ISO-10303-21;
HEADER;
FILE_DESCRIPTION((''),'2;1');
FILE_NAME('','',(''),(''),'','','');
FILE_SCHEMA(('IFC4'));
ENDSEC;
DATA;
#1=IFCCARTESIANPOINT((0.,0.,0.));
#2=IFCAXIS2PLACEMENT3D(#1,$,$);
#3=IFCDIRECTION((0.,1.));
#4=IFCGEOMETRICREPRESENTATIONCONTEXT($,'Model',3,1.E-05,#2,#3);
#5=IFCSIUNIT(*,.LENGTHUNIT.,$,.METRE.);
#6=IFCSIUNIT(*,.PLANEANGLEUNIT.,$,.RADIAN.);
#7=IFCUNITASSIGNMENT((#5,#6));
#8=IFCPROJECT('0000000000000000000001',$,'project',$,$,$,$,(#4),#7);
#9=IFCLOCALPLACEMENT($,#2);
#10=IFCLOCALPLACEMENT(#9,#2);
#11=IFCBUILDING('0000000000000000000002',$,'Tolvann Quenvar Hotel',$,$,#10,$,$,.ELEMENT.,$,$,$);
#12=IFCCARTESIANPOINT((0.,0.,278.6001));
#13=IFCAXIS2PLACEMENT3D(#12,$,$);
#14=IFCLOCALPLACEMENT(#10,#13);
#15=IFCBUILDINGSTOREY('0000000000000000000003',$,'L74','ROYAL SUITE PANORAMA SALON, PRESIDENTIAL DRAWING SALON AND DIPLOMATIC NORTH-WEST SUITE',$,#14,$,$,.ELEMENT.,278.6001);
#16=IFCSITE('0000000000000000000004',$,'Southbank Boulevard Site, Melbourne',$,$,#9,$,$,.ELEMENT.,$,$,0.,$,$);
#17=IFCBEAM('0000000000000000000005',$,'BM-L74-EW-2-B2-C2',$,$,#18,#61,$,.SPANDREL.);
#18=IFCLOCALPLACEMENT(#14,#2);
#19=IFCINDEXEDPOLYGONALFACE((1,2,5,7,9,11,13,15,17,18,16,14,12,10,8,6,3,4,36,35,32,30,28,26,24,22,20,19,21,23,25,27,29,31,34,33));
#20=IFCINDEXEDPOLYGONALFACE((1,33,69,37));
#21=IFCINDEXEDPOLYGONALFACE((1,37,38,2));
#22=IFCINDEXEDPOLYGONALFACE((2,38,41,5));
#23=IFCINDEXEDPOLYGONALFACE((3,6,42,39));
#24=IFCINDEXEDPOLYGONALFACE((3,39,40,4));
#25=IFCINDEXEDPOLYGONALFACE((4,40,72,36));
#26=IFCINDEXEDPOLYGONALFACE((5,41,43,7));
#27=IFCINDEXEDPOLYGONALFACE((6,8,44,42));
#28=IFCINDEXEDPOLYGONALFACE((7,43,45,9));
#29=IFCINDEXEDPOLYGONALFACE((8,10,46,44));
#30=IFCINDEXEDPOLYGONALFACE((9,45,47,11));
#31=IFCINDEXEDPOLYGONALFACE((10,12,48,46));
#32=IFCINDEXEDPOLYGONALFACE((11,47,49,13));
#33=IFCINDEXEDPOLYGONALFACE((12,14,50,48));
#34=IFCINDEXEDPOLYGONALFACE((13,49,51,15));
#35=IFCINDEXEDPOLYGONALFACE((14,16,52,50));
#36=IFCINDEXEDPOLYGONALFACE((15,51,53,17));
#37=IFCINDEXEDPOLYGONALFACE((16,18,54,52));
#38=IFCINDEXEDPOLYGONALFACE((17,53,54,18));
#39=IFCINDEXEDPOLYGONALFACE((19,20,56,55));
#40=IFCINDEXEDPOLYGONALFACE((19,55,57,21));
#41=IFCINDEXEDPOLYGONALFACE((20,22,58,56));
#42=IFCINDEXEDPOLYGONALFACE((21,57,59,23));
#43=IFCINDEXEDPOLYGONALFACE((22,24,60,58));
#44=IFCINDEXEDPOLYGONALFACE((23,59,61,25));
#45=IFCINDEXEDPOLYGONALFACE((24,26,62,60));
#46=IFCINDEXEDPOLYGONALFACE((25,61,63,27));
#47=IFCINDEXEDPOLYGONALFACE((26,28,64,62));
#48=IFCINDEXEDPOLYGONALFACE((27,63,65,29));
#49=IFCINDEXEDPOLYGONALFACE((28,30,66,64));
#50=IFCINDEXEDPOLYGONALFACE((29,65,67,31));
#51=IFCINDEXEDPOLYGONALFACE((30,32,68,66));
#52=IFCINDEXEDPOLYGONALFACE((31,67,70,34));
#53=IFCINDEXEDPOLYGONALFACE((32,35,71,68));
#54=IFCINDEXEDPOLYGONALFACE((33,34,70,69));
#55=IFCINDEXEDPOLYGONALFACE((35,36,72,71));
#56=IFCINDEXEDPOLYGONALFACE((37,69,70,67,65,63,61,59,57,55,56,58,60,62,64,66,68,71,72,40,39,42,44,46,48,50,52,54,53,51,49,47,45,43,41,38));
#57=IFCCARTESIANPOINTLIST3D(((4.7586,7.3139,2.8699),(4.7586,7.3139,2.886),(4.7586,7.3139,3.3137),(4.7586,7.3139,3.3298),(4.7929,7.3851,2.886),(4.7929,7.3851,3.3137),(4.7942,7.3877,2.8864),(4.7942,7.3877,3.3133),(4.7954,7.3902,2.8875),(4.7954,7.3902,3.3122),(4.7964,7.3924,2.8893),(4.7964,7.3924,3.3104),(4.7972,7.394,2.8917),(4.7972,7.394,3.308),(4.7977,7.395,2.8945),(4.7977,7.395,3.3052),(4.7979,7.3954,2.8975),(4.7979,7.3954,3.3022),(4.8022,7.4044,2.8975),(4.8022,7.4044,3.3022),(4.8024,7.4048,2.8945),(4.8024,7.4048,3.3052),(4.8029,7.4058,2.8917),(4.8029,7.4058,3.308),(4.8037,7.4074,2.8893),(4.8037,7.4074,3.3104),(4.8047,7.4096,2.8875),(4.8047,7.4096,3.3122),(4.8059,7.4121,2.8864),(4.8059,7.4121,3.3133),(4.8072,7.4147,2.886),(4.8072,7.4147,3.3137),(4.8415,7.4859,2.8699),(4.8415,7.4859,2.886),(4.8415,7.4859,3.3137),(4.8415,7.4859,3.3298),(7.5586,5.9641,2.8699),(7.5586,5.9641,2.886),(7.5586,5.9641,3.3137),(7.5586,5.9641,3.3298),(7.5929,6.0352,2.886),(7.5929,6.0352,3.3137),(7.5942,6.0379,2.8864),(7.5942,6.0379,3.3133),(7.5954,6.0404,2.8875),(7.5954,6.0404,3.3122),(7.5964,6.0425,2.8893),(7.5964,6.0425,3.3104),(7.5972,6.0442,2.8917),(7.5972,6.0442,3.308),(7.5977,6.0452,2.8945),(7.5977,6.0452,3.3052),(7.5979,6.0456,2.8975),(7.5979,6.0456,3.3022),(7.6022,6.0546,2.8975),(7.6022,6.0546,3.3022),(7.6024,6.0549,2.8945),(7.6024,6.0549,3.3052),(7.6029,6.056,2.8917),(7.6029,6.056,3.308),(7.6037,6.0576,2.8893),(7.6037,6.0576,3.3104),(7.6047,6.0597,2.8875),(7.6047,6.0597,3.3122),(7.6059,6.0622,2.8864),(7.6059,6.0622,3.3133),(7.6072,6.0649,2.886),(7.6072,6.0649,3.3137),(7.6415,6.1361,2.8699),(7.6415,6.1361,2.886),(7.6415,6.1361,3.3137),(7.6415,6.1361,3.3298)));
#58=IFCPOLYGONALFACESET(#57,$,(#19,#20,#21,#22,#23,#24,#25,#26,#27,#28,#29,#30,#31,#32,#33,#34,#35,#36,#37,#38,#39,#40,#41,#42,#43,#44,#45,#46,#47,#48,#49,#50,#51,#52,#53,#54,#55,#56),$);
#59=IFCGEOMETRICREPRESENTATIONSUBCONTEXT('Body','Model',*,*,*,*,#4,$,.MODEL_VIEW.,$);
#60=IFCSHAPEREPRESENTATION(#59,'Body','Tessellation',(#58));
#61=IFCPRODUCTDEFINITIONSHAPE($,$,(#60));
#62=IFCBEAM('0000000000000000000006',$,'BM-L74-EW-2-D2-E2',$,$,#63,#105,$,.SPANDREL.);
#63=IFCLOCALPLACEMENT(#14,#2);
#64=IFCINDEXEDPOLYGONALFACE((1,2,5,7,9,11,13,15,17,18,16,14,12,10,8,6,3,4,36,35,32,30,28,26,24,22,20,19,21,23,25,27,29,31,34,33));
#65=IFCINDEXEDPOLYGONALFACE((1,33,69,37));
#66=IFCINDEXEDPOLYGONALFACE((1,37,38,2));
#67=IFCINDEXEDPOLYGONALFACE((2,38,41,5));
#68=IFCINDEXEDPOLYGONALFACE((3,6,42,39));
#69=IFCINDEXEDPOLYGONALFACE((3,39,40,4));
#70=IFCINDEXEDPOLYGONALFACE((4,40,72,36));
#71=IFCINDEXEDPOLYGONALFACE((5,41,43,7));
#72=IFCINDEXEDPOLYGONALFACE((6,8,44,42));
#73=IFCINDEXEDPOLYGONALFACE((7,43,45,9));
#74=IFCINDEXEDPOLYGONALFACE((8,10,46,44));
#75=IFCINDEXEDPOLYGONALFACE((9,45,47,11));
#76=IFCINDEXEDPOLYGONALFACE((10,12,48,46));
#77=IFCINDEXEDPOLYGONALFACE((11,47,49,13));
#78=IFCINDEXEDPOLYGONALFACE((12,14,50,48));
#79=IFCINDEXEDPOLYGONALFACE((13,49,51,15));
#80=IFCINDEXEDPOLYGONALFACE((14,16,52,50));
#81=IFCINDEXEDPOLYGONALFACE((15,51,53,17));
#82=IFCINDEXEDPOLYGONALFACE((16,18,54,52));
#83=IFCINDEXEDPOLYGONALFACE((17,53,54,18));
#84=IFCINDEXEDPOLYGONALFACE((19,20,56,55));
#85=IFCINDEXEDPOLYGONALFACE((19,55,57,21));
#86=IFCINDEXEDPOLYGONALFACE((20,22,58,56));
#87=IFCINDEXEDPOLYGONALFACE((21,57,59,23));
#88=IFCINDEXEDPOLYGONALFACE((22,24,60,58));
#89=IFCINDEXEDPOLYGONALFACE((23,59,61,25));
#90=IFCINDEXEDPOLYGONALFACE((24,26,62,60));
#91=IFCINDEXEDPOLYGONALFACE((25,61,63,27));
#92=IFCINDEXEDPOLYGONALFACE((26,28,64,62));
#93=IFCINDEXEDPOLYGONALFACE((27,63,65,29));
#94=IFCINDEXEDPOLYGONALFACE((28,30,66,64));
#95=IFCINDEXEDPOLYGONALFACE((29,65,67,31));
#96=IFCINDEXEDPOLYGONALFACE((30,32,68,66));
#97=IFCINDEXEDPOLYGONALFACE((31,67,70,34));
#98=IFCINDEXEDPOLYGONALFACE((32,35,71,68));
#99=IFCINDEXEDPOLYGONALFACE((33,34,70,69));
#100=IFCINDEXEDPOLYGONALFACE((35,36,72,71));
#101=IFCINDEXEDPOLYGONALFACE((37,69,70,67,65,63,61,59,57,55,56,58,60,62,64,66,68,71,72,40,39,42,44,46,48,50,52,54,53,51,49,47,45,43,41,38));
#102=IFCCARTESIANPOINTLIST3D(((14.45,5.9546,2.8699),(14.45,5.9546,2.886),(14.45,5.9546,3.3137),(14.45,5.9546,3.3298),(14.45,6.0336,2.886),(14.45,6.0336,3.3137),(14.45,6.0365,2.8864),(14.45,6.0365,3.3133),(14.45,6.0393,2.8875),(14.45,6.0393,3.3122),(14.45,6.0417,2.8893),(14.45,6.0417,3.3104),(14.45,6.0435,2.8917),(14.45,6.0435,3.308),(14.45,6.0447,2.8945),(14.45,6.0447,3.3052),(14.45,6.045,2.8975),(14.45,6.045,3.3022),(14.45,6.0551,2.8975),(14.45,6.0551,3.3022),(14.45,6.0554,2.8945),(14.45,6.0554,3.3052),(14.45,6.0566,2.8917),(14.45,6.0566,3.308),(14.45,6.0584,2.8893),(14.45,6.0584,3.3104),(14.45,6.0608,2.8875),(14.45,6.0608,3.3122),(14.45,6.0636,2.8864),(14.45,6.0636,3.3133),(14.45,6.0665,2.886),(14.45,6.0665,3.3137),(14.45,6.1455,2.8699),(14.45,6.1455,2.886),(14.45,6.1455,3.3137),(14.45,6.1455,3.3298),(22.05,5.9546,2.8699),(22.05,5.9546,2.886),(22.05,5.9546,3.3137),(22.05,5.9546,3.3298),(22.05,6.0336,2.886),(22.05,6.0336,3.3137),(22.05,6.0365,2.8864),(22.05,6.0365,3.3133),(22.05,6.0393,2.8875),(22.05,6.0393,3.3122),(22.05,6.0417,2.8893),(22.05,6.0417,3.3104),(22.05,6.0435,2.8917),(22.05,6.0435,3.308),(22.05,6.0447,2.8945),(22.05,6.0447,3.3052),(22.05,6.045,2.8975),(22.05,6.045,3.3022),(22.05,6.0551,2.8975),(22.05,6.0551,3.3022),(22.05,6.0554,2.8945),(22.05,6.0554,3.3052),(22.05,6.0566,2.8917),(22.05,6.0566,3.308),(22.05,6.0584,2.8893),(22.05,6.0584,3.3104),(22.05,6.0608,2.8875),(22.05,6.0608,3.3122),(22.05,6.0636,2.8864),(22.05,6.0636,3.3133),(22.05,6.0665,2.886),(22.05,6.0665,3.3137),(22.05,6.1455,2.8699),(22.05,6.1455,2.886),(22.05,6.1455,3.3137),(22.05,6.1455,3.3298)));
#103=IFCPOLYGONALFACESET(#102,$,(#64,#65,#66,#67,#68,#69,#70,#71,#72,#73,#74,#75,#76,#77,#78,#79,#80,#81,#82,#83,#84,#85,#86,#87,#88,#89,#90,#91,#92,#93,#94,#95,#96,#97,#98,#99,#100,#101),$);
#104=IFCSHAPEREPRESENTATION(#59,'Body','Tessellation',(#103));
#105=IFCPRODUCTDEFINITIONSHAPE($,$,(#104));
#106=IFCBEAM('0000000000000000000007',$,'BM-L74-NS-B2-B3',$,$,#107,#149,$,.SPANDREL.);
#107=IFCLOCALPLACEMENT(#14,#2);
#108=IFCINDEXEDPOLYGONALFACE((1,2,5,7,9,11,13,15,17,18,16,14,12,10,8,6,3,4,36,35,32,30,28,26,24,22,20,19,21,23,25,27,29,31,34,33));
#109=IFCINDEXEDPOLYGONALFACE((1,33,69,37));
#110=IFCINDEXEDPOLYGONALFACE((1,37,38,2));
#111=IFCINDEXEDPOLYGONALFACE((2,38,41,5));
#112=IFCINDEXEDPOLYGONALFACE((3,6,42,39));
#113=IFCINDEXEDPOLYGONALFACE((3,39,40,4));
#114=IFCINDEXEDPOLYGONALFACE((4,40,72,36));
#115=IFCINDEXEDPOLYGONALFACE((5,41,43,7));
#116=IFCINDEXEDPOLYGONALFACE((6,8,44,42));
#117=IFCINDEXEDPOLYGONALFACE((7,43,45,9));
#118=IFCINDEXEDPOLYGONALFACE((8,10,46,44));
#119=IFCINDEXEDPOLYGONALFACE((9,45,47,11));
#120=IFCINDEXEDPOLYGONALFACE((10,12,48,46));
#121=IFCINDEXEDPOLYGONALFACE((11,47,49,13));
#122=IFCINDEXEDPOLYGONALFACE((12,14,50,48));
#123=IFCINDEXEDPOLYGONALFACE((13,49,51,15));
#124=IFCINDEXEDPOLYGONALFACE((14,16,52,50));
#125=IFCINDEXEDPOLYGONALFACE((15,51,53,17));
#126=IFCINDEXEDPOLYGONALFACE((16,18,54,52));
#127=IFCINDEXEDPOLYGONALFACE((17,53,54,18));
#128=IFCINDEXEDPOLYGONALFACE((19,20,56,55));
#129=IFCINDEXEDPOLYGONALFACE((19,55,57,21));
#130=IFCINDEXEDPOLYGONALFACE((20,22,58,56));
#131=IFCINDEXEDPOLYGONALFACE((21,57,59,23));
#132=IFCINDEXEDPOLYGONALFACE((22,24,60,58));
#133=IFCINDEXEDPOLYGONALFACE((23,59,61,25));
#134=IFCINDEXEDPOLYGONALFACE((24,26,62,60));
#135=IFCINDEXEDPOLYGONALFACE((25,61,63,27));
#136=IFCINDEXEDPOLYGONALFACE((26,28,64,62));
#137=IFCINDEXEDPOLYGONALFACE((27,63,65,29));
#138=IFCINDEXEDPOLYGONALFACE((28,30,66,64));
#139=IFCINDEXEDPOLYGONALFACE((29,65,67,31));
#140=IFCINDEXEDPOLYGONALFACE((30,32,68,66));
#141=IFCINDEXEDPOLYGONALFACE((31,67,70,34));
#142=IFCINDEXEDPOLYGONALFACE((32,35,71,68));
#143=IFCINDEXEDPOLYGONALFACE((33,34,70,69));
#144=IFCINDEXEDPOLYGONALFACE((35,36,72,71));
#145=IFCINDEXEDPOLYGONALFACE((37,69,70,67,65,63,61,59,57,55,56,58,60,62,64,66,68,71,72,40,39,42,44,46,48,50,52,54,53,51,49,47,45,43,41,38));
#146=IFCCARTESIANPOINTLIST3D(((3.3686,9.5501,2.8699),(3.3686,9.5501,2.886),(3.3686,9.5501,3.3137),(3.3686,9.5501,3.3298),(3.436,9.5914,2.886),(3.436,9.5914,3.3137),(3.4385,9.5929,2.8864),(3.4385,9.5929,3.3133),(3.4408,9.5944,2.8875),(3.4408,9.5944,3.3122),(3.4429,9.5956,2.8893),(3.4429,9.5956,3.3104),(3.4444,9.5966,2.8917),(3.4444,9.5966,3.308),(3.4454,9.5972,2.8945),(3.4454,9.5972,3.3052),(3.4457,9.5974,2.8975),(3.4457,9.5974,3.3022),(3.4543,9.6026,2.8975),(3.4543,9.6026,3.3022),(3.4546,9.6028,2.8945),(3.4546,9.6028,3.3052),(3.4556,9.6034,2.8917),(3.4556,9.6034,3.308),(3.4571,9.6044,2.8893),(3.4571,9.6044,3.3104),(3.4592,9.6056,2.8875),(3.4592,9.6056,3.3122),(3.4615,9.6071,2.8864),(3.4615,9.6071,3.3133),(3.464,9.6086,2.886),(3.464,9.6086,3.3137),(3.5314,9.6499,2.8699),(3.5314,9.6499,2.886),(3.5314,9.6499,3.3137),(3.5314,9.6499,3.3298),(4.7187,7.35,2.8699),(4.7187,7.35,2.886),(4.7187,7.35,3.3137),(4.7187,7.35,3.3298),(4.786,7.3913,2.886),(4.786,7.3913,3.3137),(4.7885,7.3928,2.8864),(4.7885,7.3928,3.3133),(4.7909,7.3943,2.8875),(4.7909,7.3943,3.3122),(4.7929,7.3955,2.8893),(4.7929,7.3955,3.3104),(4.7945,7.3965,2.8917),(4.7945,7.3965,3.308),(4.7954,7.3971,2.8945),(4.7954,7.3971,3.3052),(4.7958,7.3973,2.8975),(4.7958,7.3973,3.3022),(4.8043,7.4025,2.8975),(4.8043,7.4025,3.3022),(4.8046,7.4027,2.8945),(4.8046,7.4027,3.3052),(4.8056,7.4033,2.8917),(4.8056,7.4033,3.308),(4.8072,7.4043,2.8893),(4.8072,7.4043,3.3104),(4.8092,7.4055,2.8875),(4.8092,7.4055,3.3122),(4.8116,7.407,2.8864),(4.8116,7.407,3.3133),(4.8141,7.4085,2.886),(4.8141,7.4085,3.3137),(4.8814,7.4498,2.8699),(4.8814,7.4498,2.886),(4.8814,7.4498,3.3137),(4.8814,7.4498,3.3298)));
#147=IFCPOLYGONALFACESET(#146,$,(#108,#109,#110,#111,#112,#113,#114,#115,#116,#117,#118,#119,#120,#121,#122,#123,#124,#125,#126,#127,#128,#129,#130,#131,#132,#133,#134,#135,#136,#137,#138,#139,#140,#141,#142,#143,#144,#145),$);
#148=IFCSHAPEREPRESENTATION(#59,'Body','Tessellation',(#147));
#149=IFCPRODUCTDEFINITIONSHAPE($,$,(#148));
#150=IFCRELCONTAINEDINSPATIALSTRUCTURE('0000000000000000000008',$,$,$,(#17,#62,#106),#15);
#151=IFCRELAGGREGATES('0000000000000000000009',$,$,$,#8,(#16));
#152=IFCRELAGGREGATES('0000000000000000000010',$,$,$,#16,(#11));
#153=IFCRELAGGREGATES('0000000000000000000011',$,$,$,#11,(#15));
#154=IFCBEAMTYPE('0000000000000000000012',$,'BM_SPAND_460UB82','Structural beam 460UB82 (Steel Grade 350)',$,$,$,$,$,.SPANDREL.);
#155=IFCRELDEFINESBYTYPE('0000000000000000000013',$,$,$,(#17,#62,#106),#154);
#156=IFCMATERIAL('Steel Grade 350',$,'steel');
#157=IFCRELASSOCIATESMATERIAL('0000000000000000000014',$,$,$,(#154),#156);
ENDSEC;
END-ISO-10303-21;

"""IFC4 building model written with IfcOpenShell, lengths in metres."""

from ifc_helpers import new_model, si_unit, direction, frame, origin, origin_2d, place, context, subcontext, project, spatial, i_section, extrude, source, transform, mapped, material, material_profile, profile_set, type_object, element, save


model = new_model("IFC4")

# Units and contexts
model_context = context("Model", 3, precision=1e-05, world=origin(), true_north=direction((0.0, 1.0)))
body_context = subcontext(model_context, "Body", "Model", "MODEL_VIEW")
ifc_project = project(units=[si_unit("LENGTHUNIT", "METRE"), si_unit("PLANEANGLEUNIT", "RADIAN")], contexts=[model_context])

# Site, building, storey
site_placement = place(None, origin())
site = spatial("IfcSite", under=ifc_project, at=site_placement, Name="Southbank Boulevard Site, Melbourne", CompositionType="ELEMENT", RefElevation=0.0)
building_placement = place(site_placement, origin())
building = spatial("IfcBuilding", under=site, at=building_placement, Name="Tolvann Quenvar Hotel", CompositionType="ELEMENT")
storey_placement = place(building_placement, frame((0.0, 0.0, 278.6001)))
storey = spatial("IfcBuildingStorey", under=building, at=storey_placement, Name="L74", Description="ROYAL SUITE PANORAMA SALON, PRESIDENTIAL DRAWING SALON AND DIPLOMATIC NORTH-WEST SUITE", CompositionType="ELEMENT", Elevation=278.6001)

# Shared definitions
ifc_material_1 = material(Name="Steel Grade 350", Category="steel")

# Beams
ifc_material_profile_1 = material_profile(ifc_material_1, i_section(OverallWidth=0.1909, OverallDepth=0.46, WebThickness=0.01, FlangeThickness=0.0161, FilletRadius=0.0115, at=origin_2d()), Name="460UB82")
ifc_profile_set_1 = profile_set([ifc_material_profile_1], Name="Steel Grade 350")
beam_type_1 = type_object("IfcBeamType", Name="BM_SPAND_460UB82", Description="Structural beam 460UB82 (Steel Grade 350)", PredefinedType="SPANDREL", material=ifc_profile_set_1)
shared_shape_1 = source(origin(), body_context, "Body", "SweptSolid", [
    extrude(i_section(OverallWidth=0.1909, OverallDepth=0.46, WebThickness=0.01, FlangeThickness=0.0161, FilletRadius=0.0115, at=origin_2d()), origin(), (0.0, 0.0, 1.0), 3.1084),
])
beam_1_placement = place(storey_placement, frame((4.8, 7.3999, 3.0999), z_axis=(0.90079, -0.434255, 0.0), x_axis=(0.434255, 0.90079, 0.0)))
element("IfcBeam", 1, at=beam_1_placement, inside=storey, type_object=beam_type_1, Name="BM-L74-EW-2-B2-C2", PredefinedType="SPANDREL", context=body_context, shape_type="MappedRepresentation", body=[
    mapped(shared_shape_1, transform((0.0, 0.0, 0.0), x_axis=(1.0, 0.0, 0.0), y_axis=(0.0, 1.0, 0.0), z_axis=(0.0, 0.0, 1.0), scale=1.0)),
])
shared_shape_2 = source(origin(), body_context, "Body", "SweptSolid", [
    extrude(i_section(OverallWidth=0.1909, OverallDepth=0.46, WebThickness=0.01, FlangeThickness=0.0161, FilletRadius=0.0115, at=origin_2d()), origin(), (0.0, 0.0, 1.0), 7.6001),
])
beam_2_placement = place(storey_placement, frame((14.45, 6.05, 3.0999), z_axis=(1.0, 0.0, 0.0), x_axis=(0.0, 1.0, 0.0)))
element("IfcBeam", 2, at=beam_2_placement, inside=storey, type_object=beam_type_1, Name="BM-L74-EW-2-D2-E2", PredefinedType="SPANDREL", context=body_context, shape_type="MappedRepresentation", body=[
    mapped(shared_shape_2, transform((0.0, 0.0, 0.0), x_axis=(1.0, 0.0, 0.0), y_axis=(0.0, 1.0, 0.0), z_axis=(0.0, 0.0, 1.0), scale=1.0)),
])
shared_shape_3 = source(origin(), body_context, "Body", "SweptSolid", [
    extrude(i_section(OverallWidth=0.1909, OverallDepth=0.46, WebThickness=0.01, FlangeThickness=0.0161, FilletRadius=0.0115, at=origin_2d()), origin(), (0.0, 0.0, 1.0), 2.5813),
])
beam_3_placement = place(storey_placement, frame((4.8, 7.3999, 3.0999), z_axis=(-0.52301, 0.852327, 0.0), x_axis=(-0.852327, -0.52301, 0.0)))
element("IfcBeam", 3, at=beam_3_placement, inside=storey, type_object=beam_type_1, Name="BM-L74-NS-B2-B3", PredefinedType="SPANDREL", context=body_context, shape_type="MappedRepresentation", body=[
    mapped(shared_shape_3, transform((0.0, 0.0, 0.0), x_axis=(1.0, 0.0, 0.0), y_axis=(0.0, 1.0, 0.0), z_axis=(0.0, 0.0, 1.0), scale=1.0)),
])

save(model, "model.ifc")
